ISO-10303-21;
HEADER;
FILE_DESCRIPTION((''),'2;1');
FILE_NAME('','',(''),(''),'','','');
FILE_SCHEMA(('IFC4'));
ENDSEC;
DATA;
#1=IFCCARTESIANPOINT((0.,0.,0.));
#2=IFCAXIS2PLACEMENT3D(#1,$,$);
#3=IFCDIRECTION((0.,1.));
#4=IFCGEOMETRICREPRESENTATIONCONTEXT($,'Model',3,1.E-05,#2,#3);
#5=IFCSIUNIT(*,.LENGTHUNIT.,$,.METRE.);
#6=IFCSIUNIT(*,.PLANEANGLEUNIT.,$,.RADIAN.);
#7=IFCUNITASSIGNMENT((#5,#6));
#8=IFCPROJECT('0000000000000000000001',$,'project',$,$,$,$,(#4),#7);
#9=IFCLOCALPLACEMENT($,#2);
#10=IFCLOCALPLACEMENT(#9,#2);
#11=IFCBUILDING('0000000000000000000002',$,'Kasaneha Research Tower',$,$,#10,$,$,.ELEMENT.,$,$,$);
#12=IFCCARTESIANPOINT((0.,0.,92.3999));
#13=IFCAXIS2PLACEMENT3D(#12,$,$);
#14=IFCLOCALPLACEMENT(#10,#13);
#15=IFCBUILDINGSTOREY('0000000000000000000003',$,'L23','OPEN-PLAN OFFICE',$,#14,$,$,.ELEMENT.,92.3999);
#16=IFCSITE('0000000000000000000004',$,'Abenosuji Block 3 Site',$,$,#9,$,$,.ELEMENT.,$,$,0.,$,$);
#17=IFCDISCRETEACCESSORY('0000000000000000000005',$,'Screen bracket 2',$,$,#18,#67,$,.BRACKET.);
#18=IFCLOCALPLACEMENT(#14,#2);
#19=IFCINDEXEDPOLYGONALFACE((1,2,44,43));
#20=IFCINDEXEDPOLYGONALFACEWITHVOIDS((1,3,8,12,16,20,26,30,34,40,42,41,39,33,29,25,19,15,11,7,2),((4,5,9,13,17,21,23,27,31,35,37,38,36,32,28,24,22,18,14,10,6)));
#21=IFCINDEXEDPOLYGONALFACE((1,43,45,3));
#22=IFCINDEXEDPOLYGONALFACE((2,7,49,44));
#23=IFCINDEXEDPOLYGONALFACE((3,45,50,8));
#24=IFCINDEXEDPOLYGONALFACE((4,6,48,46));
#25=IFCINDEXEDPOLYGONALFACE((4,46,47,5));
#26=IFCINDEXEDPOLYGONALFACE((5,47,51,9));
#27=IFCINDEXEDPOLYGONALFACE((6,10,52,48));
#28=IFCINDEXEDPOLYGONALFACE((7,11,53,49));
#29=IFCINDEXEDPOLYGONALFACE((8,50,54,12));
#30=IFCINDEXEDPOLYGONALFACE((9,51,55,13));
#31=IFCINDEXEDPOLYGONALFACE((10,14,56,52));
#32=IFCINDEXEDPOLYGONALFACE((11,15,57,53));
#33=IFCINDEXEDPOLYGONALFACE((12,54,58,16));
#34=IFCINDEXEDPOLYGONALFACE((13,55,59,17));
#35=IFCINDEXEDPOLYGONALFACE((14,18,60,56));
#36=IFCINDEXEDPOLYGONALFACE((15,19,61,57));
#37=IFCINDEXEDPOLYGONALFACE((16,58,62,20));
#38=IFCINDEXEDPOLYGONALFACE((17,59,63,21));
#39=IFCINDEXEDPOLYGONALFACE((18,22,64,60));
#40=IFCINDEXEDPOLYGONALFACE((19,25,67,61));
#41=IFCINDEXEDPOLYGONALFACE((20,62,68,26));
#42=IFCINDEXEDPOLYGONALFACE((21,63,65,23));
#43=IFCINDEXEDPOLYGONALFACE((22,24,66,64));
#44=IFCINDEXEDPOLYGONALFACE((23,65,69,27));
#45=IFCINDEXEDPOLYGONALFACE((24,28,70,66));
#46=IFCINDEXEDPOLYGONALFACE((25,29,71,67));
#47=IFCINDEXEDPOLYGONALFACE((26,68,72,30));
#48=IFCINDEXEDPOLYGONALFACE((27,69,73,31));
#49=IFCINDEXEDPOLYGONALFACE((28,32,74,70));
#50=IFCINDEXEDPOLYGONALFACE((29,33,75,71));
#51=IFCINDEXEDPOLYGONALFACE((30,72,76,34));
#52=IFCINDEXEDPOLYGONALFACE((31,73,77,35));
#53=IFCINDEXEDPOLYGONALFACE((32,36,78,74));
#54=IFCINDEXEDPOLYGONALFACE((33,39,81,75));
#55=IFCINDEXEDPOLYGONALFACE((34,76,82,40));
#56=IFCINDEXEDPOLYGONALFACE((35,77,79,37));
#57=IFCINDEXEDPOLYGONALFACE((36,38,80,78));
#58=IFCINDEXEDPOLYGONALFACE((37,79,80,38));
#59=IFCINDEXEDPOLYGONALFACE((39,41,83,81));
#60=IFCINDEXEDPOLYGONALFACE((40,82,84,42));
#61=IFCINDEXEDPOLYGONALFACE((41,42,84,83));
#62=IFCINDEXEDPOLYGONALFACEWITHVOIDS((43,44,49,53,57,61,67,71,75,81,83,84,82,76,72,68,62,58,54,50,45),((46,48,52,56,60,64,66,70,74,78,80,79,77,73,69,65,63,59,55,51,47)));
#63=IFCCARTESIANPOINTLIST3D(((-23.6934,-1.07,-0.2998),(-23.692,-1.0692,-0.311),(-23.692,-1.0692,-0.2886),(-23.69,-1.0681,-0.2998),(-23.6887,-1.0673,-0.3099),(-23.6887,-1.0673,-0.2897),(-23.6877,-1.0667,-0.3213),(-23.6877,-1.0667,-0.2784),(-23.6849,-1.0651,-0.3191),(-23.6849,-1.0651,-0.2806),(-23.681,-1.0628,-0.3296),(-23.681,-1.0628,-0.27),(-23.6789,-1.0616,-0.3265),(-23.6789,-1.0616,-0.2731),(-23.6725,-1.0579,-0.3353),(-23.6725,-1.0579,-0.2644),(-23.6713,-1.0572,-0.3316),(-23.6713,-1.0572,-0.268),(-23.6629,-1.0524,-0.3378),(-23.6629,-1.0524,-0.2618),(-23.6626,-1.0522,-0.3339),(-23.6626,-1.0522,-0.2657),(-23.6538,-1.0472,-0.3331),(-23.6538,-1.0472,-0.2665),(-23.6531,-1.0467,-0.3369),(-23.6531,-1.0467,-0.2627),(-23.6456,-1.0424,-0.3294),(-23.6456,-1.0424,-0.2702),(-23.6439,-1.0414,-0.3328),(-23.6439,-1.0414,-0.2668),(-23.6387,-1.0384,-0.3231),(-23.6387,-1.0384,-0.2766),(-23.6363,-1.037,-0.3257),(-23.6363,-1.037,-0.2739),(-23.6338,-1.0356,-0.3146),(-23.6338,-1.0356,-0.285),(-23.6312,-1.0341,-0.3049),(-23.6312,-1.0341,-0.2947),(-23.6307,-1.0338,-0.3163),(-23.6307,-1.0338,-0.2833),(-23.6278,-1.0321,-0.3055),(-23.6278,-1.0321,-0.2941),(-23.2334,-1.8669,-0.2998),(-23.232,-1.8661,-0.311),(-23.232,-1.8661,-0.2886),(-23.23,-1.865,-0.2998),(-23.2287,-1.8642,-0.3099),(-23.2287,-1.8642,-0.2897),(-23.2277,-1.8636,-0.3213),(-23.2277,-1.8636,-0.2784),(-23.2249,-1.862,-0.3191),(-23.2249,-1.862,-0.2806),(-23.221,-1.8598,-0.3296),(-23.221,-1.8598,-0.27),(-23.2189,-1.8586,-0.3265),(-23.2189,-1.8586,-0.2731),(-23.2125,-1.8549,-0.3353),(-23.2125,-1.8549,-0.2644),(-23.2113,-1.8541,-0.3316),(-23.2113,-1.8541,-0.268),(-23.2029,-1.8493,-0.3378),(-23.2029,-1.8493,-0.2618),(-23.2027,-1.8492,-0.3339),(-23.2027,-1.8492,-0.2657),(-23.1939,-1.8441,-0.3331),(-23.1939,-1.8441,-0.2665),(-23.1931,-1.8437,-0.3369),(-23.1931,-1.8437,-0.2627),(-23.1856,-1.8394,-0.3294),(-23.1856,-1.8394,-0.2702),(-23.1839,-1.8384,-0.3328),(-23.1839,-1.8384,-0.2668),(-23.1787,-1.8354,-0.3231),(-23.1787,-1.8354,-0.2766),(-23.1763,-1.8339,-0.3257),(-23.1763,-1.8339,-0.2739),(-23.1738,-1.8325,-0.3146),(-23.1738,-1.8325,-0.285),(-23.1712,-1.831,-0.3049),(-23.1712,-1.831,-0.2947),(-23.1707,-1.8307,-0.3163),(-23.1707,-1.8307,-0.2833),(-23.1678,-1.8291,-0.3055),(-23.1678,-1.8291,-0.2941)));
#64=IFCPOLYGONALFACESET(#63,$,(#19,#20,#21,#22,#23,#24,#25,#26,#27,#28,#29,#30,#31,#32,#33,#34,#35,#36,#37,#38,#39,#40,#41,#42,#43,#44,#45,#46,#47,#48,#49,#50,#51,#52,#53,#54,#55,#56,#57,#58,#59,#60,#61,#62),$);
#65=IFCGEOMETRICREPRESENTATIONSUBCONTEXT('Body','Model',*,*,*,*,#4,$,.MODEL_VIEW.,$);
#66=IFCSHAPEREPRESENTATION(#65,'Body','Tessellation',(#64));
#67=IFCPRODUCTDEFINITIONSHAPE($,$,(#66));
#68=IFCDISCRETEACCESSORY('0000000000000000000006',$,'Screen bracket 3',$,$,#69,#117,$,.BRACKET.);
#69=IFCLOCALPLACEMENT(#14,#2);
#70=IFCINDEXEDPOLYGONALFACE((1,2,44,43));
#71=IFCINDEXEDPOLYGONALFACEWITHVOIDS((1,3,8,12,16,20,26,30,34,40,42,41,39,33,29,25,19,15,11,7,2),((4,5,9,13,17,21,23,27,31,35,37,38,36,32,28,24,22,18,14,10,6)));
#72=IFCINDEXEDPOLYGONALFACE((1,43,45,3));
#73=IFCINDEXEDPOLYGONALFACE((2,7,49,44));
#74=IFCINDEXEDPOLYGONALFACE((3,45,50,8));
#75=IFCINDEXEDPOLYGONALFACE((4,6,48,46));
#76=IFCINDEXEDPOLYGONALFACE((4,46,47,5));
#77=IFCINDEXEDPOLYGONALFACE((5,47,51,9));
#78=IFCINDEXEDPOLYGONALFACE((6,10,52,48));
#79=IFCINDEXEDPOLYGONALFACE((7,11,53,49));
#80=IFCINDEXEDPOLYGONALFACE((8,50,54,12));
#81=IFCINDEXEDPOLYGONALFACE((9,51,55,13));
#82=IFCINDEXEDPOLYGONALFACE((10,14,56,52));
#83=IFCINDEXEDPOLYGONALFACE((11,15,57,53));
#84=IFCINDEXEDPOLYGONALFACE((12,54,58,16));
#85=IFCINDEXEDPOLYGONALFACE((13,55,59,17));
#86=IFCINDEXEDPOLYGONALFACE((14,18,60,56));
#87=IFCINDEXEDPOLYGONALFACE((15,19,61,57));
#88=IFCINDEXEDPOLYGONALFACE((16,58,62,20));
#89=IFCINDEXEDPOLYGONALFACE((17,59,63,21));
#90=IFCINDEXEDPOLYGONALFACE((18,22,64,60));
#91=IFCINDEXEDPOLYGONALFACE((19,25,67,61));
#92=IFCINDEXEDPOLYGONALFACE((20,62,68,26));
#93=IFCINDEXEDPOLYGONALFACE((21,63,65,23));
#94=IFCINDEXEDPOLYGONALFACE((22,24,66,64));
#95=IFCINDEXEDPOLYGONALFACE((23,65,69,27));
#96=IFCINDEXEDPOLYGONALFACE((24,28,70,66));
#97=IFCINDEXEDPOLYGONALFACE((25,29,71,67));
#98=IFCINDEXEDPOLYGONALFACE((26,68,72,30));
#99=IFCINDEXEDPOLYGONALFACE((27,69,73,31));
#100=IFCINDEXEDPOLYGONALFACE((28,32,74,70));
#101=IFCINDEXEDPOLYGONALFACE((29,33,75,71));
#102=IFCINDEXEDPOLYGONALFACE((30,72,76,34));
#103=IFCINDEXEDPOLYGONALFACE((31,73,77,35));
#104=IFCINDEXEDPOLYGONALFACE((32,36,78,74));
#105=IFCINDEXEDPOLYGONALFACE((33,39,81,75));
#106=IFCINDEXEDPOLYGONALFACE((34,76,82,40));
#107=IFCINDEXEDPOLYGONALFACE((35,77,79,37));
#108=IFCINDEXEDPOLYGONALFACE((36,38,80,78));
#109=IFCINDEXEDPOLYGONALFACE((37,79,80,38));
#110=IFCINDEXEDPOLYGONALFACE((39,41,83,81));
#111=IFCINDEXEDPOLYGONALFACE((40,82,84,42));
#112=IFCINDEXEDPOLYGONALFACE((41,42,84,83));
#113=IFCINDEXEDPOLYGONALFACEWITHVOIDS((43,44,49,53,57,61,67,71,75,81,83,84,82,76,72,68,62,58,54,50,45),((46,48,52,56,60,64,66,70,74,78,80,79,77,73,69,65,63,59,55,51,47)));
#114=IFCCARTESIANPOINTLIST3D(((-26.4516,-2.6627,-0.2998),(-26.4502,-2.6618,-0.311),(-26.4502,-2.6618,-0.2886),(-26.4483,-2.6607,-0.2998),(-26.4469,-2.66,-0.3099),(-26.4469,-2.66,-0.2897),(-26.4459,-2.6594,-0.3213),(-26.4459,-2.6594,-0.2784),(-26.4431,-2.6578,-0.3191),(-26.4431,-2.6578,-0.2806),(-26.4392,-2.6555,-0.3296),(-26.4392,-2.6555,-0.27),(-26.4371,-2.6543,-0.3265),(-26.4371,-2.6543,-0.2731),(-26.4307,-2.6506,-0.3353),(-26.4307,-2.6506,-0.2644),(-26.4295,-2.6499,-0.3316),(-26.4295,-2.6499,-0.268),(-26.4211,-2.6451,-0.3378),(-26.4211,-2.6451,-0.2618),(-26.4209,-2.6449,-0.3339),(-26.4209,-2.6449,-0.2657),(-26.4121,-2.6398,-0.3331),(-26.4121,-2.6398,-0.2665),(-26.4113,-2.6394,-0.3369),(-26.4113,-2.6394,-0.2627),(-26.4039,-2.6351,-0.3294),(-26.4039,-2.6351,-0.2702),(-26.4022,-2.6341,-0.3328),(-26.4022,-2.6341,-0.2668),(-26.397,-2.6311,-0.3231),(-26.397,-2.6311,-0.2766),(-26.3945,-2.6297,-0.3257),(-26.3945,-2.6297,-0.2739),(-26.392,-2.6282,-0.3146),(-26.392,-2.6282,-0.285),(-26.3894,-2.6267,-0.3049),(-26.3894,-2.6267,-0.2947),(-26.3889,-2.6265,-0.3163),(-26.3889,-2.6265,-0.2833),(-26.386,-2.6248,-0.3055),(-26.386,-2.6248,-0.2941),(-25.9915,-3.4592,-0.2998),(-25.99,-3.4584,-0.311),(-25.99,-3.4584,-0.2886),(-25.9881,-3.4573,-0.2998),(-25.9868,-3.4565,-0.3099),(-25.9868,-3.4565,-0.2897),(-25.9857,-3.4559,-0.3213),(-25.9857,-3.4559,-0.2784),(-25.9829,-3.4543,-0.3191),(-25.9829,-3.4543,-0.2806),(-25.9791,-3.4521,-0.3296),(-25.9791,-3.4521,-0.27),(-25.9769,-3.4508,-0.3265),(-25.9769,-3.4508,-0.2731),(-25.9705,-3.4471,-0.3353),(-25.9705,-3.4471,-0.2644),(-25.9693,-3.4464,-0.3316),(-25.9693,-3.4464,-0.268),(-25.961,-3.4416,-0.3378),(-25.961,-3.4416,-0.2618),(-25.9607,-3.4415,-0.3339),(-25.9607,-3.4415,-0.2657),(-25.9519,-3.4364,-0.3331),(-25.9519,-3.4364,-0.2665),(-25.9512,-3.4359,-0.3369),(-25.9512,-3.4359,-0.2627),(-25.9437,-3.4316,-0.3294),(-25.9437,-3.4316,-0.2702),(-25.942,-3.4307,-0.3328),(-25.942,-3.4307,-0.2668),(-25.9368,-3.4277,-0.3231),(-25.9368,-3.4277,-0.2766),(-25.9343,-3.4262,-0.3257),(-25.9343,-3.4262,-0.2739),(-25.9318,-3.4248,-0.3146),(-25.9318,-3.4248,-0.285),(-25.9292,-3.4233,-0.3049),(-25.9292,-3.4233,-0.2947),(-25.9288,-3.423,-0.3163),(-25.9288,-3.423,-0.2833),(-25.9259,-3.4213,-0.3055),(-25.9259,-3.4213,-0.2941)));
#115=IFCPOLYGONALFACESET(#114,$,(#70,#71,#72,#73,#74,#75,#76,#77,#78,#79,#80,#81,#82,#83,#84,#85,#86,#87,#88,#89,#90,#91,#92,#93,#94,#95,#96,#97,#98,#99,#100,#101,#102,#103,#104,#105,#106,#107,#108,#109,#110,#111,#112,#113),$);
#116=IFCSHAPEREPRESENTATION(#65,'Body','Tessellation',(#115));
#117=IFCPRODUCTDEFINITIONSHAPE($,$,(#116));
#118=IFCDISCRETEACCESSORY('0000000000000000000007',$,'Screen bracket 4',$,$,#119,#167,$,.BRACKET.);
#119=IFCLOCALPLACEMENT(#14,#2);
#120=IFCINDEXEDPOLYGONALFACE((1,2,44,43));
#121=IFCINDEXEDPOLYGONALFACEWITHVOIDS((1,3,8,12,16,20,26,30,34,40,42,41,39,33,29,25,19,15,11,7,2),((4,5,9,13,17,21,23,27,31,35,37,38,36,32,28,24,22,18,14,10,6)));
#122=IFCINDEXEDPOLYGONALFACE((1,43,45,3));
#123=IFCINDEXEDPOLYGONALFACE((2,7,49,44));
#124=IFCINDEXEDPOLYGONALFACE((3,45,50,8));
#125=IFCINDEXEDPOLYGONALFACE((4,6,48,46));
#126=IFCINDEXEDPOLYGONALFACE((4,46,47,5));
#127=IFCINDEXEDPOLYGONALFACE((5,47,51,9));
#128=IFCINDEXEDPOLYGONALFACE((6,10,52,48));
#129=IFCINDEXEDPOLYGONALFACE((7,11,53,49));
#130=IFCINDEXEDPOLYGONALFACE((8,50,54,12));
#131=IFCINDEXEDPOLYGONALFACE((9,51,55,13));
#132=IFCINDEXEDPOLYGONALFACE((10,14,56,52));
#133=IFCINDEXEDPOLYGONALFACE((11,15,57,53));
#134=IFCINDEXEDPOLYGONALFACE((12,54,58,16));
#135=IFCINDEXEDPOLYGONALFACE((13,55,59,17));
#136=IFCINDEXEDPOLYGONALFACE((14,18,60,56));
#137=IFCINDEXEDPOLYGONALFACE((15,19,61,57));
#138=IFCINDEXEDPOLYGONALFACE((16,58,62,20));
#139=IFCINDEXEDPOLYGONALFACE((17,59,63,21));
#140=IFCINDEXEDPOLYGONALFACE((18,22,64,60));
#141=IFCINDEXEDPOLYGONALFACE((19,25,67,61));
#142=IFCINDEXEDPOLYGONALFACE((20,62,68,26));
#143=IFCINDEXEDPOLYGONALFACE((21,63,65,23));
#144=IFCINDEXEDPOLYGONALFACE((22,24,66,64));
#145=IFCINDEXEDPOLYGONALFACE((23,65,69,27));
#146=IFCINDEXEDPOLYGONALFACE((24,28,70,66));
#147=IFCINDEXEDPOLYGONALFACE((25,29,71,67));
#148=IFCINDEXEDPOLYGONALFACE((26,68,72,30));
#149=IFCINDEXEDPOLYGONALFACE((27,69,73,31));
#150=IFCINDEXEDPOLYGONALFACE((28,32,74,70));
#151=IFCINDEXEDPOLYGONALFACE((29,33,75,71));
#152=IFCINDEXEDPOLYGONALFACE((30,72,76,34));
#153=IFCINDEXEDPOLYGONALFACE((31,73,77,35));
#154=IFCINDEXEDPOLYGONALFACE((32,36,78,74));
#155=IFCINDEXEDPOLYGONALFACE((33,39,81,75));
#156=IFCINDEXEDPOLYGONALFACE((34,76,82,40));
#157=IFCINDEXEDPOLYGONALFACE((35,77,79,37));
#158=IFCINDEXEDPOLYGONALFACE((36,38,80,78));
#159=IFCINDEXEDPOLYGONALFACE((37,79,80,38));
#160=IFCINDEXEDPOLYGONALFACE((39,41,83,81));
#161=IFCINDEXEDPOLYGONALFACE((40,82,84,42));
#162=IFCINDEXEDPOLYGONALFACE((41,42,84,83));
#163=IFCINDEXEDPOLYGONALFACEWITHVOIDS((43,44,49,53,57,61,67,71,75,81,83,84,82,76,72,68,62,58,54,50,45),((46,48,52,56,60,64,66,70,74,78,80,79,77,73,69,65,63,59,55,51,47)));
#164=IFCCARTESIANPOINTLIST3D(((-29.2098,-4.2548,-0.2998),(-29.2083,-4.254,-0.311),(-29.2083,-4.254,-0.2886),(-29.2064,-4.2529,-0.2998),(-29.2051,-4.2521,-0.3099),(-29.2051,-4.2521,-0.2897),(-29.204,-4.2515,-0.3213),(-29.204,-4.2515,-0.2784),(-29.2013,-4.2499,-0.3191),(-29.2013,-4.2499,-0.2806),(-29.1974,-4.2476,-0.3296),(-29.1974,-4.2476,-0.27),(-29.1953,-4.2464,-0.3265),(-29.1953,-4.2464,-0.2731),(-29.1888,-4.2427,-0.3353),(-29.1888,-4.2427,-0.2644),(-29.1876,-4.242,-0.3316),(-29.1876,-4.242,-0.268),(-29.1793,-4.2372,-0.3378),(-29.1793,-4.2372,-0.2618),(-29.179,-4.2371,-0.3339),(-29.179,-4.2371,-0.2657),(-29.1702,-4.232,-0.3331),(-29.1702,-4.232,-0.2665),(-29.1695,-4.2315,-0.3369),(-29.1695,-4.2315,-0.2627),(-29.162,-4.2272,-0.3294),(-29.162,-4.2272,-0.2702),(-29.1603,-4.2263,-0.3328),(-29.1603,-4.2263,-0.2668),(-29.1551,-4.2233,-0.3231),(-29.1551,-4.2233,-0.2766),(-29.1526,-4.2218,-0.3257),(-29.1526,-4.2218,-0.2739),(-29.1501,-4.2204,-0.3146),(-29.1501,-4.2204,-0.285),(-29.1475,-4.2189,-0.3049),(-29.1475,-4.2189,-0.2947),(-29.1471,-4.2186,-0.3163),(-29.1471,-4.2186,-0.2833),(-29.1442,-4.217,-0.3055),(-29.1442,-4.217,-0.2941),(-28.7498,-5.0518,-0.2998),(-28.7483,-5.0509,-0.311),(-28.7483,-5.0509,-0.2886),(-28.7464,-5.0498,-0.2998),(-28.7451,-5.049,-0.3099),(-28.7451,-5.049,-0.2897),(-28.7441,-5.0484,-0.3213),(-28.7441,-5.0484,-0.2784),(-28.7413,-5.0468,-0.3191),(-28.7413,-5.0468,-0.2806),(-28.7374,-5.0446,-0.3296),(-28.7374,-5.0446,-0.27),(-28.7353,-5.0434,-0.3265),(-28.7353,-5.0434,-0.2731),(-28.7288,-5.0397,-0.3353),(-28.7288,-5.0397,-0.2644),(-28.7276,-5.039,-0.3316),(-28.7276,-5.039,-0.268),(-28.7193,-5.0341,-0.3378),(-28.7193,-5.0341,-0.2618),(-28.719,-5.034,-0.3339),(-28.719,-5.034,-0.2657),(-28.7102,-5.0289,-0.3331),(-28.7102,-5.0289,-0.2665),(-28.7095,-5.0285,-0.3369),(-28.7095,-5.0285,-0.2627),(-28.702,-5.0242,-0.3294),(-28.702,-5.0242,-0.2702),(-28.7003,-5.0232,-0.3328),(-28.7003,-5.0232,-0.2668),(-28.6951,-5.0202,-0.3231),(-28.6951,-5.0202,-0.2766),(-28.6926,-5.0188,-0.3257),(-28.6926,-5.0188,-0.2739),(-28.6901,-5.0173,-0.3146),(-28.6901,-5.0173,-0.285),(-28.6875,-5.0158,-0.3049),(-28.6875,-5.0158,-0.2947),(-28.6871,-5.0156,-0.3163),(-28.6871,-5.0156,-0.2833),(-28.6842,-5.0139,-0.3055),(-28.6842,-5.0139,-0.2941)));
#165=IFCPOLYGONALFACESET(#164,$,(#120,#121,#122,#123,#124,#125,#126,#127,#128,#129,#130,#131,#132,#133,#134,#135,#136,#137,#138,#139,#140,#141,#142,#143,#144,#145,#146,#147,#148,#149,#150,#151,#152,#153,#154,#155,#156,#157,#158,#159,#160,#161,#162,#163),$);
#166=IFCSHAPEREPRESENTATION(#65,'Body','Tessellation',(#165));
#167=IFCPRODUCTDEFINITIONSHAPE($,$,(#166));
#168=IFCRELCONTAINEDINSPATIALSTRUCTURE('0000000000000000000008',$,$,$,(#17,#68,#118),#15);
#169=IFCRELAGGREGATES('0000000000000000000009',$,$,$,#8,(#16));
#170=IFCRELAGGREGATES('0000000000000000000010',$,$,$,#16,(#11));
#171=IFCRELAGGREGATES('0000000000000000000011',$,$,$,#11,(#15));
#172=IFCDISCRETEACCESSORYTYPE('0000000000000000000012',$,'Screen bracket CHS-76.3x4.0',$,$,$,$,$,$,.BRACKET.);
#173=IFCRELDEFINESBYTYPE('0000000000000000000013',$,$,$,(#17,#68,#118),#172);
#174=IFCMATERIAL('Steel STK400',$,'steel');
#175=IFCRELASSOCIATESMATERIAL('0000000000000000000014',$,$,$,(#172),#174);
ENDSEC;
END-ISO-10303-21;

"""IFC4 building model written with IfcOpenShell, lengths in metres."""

from ifc_helpers import new_model, si_unit, direction, frame, origin, origin_2d, place, context, subcontext, project, spatial, hollow_circle, extrude, material, material_profile, profile_set, type_object, element, save


model = new_model("IFC4")

# Units and contexts
model_context = context("Model", 3, precision=1e-05, world=origin(), true_north=direction((0.0, 1.0)))
body_context = subcontext(model_context, "Body", "Model", "MODEL_VIEW")
ifc_project = project(units=[si_unit("LENGTHUNIT", "METRE"), si_unit("PLANEANGLEUNIT", "RADIAN")], contexts=[model_context])

# Site, building, storey
site_placement = place(None, origin())
site = spatial("IfcSite", under=ifc_project, at=site_placement, Name="Abenosuji Block 3 Site", CompositionType="ELEMENT", RefElevation=0.0)
building_placement = place(site_placement, origin())
building = spatial("IfcBuilding", under=site, at=building_placement, Name="Kasaneha Research Tower", CompositionType="ELEMENT")
storey_placement = place(building_placement, frame((0.0, 0.0, 92.3999)))
storey = spatial("IfcBuildingStorey", under=building, at=storey_placement, Name="L23", Description="OPEN-PLAN OFFICE", CompositionType="ELEMENT", Elevation=92.3999)

# Discrete accessories
ifc_material_1 = material(Name="Steel STK400", Category="steel")
ifc_material_profile_1 = material_profile(ifc_material_1, hollow_circle(Radius=0.0381, WallThickness=0.0039, at=origin_2d()), Name="CHS-76.3x4.0")
ifc_profile_set_1 = profile_set([ifc_material_profile_1], Name="Steel STK400")
discrete_accessory_type = type_object("IfcDiscreteAccessoryType", Name="Screen bracket CHS-76.3x4.0", PredefinedType="BRACKET", material=ifc_profile_set_1)
discrete_accessory_1_placement = place(storey_placement, frame((-23.2004, -1.8479, -0.2998), z_axis=(-0.499906, 0.86608, 0.0), x_axis=(-0.86608, -0.499906, 0.0)))
element("IfcDiscreteAccessory", 1, at=discrete_accessory_1_placement, inside=storey, type_object=discrete_accessory_type, Name="Screen bracket 2", PredefinedType="BRACKET", context=body_context, shape_type="SweptSolid", body=[
    extrude(hollow_circle(Radius=0.0381, WallThickness=0.0039, at=origin_2d()), origin(), (0.0, 0.0, 1.0), 0.9202),
])
discrete_accessory_2_placement = place(storey_placement, frame((-25.9585, -3.4402, -0.2998), z_axis=(-0.50022, 0.865898, 0.0), x_axis=(-0.865898, -0.50022, 0.0)))
element("IfcDiscreteAccessory", 2, at=discrete_accessory_2_placement, inside=storey, type_object=discrete_accessory_type, Name="Screen bracket 3", PredefinedType="BRACKET", context=body_context, shape_type="SweptSolid", body=[
    extrude(hollow_circle(Radius=0.0381, WallThickness=0.0039, at=origin_2d()), origin(), (0.0, 0.0, 1.0), 0.9199),
])
discrete_accessory_3_placement = place(storey_placement, frame((-28.7168, -5.0327, -0.2998), z_axis=(-0.499906, 0.86608, 0.0), x_axis=(-0.86608, -0.499906, 0.0)))
element("IfcDiscreteAccessory", 3, at=discrete_accessory_3_placement, inside=storey, type_object=discrete_accessory_type, Name="Screen bracket 4", PredefinedType="BRACKET", context=body_context, shape_type="SweptSolid", body=[
    extrude(hollow_circle(Radius=0.0381, WallThickness=0.0039, at=origin_2d()), origin(), (0.0, 0.0, 1.0), 0.9202),
])

save(model, "model.ifc")
